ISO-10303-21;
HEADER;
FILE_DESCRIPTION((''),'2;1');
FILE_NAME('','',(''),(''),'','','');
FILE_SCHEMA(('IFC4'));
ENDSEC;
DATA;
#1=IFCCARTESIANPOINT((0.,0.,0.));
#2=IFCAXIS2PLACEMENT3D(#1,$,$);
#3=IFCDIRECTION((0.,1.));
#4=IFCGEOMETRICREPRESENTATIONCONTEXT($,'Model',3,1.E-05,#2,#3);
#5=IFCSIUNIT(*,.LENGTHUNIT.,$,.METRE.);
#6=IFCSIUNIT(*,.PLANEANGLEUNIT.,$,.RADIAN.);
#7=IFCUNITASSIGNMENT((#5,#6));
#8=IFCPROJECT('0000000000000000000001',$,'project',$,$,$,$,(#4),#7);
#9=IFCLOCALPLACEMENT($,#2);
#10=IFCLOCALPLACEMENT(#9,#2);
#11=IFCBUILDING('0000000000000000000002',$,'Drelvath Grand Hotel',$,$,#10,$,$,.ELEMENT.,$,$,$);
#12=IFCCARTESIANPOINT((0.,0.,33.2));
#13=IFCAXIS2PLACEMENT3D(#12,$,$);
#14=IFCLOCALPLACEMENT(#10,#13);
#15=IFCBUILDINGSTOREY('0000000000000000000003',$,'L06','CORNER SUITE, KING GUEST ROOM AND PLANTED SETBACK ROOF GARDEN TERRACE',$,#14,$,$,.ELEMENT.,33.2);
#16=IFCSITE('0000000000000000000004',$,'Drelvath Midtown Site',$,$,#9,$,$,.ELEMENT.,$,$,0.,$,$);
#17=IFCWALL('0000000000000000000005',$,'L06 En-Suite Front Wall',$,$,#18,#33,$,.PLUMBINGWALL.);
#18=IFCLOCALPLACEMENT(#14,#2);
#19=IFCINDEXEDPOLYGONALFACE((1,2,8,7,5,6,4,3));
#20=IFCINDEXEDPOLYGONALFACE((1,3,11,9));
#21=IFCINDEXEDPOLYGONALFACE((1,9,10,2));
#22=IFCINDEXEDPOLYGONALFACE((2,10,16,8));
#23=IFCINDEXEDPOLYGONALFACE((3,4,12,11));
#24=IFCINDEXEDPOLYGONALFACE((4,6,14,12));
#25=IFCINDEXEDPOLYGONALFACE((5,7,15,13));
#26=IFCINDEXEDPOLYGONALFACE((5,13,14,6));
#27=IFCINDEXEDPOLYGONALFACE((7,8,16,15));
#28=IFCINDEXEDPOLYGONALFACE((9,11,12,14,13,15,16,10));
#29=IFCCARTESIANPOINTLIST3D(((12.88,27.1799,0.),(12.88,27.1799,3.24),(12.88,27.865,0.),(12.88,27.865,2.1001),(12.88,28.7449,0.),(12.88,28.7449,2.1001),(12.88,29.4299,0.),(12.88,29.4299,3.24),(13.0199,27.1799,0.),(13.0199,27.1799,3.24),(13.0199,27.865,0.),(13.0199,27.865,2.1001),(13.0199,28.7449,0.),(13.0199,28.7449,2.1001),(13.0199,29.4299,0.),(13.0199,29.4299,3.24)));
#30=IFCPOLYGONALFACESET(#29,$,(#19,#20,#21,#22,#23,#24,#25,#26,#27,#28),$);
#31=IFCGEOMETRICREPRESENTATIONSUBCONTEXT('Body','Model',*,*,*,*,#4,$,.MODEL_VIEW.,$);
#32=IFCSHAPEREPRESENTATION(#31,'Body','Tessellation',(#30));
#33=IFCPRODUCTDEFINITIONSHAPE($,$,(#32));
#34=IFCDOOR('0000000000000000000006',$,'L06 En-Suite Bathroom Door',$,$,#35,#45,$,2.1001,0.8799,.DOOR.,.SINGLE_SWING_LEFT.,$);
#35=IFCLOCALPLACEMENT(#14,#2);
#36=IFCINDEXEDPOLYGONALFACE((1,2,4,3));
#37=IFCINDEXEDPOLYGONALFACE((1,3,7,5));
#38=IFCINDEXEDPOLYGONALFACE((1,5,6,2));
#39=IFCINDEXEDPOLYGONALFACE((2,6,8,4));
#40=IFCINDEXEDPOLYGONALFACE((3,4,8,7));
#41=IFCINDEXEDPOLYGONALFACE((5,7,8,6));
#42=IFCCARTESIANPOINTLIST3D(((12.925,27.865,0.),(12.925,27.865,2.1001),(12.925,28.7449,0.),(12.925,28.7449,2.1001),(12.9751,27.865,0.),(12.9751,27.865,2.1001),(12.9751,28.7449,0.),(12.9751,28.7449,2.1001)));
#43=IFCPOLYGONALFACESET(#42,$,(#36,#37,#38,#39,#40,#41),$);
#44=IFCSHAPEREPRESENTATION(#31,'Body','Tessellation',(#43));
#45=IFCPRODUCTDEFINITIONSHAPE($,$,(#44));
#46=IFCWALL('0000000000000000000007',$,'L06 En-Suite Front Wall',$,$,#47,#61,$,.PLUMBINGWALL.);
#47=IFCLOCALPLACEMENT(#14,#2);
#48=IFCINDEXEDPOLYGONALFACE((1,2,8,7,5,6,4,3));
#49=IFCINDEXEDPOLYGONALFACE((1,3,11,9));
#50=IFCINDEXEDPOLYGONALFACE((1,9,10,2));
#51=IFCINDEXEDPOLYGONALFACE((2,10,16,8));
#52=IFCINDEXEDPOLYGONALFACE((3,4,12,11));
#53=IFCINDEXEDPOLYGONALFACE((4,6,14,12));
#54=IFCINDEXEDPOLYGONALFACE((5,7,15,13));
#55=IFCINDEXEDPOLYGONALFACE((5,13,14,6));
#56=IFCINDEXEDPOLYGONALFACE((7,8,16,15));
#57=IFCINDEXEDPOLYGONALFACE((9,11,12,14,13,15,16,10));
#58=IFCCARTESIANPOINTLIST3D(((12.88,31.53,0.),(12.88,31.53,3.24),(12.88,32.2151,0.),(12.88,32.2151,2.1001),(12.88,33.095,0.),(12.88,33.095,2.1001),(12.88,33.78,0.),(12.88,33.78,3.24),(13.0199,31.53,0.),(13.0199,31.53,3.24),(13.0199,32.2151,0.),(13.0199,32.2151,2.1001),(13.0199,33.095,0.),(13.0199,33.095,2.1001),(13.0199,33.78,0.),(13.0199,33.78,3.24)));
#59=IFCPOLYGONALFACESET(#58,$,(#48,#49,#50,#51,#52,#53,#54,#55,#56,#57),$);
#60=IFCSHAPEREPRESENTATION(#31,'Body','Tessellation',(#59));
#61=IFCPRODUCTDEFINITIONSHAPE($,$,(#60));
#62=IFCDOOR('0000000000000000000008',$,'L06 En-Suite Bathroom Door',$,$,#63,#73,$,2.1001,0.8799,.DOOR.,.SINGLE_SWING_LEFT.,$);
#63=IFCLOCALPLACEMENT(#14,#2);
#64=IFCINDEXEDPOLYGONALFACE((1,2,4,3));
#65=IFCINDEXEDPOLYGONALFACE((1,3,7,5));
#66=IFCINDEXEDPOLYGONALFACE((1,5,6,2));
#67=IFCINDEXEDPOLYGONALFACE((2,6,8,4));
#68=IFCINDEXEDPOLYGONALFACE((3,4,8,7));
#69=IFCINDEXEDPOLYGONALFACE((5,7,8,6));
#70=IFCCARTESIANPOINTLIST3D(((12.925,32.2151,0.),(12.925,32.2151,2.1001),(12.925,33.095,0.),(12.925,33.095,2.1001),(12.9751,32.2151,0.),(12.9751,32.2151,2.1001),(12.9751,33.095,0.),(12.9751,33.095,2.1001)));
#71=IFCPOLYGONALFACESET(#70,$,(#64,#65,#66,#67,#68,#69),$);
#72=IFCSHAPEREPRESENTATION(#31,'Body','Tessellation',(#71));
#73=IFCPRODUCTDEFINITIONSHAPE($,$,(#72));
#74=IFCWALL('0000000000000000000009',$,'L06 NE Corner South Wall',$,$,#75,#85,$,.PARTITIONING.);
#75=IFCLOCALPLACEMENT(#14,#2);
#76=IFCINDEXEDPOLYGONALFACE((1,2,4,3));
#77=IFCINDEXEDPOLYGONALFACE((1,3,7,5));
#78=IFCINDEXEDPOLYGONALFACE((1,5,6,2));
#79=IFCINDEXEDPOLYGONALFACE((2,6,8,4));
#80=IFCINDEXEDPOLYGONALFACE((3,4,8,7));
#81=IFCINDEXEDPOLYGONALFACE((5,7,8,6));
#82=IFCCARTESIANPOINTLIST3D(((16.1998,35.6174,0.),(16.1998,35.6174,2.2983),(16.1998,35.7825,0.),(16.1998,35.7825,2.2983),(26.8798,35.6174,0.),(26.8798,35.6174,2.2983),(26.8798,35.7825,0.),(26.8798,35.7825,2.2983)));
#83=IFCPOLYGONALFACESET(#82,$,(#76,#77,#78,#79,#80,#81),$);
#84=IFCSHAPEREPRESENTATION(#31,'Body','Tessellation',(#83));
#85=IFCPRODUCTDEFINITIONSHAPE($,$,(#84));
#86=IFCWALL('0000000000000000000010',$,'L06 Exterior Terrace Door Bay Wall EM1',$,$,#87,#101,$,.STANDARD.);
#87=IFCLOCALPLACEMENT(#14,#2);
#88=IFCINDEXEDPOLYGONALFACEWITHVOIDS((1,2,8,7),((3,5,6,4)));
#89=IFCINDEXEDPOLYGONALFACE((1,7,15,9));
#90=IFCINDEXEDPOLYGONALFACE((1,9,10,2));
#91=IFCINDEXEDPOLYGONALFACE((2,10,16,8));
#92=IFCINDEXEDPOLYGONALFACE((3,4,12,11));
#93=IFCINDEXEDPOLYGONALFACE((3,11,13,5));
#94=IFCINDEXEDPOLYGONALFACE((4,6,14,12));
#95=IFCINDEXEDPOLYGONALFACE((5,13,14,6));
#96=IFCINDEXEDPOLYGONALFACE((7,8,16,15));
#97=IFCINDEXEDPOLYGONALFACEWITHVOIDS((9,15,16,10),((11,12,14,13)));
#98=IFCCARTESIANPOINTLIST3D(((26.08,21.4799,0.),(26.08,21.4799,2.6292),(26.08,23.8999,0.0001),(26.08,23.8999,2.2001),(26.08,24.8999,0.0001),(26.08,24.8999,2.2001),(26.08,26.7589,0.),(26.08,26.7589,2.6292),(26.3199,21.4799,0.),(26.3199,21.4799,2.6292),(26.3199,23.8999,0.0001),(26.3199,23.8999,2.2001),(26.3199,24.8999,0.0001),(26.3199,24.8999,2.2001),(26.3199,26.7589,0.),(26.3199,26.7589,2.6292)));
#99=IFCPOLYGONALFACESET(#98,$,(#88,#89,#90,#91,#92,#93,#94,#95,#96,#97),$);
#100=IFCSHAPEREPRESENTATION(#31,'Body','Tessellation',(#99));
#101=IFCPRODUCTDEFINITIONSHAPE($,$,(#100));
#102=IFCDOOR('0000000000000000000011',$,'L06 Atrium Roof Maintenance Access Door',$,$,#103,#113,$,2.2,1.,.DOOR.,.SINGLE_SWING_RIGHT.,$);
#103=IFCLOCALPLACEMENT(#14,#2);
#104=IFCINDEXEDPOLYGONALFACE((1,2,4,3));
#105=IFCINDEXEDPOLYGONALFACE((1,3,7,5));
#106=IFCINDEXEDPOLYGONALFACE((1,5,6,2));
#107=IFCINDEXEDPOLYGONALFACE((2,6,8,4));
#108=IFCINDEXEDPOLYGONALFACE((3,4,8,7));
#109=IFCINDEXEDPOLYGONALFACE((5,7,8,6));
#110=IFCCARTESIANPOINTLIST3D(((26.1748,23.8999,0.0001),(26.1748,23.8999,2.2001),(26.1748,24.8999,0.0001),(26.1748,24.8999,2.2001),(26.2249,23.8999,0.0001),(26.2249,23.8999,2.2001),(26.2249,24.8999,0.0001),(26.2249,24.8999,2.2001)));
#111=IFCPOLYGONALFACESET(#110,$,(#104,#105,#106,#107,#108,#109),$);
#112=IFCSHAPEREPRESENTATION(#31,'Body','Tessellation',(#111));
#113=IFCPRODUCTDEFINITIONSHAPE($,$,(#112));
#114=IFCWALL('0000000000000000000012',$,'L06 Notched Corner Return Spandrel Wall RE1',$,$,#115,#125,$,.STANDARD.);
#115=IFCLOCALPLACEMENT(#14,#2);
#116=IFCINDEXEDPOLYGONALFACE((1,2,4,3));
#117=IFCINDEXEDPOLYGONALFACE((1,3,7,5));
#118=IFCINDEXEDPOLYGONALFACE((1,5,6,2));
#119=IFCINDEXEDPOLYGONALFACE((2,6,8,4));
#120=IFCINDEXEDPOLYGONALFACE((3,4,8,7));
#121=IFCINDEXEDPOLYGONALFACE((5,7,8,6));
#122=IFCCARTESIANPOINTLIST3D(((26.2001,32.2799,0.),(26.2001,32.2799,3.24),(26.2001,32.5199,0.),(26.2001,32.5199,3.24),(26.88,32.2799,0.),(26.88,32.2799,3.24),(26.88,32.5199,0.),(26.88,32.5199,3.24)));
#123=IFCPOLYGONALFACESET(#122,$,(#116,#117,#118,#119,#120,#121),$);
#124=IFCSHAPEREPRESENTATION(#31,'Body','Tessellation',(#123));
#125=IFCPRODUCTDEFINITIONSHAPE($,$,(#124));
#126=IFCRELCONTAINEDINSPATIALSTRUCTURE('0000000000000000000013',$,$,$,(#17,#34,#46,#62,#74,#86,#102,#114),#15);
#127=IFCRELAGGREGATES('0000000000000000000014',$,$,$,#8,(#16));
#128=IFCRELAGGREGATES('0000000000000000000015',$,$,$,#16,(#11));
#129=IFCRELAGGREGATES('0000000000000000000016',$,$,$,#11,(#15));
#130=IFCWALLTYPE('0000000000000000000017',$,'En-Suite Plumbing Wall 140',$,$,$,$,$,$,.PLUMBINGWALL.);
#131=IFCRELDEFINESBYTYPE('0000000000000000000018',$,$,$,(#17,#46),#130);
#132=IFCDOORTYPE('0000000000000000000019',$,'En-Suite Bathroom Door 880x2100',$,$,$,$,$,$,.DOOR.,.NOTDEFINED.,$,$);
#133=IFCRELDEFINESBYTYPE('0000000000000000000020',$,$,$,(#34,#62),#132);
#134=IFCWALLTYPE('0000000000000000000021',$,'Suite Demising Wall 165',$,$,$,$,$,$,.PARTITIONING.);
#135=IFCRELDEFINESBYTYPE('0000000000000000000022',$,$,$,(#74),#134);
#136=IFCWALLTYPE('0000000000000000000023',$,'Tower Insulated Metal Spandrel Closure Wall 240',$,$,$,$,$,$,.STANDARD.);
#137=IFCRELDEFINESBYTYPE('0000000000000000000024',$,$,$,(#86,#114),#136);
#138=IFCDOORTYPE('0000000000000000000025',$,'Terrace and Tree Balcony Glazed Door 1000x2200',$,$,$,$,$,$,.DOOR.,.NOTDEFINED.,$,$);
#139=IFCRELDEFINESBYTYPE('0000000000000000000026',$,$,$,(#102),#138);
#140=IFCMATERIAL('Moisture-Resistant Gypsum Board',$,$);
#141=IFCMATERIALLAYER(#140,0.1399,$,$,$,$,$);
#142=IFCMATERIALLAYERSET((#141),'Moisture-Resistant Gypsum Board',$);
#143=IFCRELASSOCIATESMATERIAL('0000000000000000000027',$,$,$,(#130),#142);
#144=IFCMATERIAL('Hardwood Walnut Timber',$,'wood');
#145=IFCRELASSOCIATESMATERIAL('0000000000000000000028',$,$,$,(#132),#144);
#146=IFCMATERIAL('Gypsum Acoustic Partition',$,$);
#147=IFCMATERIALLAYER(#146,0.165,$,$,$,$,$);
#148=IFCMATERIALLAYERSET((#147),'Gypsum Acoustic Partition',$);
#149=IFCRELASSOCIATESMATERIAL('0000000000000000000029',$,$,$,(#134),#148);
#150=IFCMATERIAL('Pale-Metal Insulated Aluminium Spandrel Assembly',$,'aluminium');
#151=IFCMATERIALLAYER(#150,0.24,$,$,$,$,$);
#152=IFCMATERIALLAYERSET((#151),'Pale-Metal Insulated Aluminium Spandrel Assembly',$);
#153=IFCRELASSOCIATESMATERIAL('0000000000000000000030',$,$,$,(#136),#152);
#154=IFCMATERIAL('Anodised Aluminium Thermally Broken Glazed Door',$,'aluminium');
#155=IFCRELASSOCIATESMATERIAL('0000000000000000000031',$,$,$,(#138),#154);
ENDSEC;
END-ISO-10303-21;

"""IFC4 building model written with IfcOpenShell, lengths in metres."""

from ifc_helpers import new_model, si_unit, direction, frame, frame_2d, origin, place, context, subcontext, project, spatial, rectangle, extrude, material, layer, layer_set, type_object, element, fill, save


model = new_model("IFC4")

# Units and contexts
model_context = context("Model", 3, precision=1e-05, world=origin(), true_north=direction((0.0, 1.0)))
body_context = subcontext(model_context, "Body", "Model", "MODEL_VIEW")
ifc_project = project(units=[si_unit("LENGTHUNIT", "METRE"), si_unit("PLANEANGLEUNIT", "RADIAN")], contexts=[model_context])

# Site, building, storey
site_placement = place(None, origin())
site = spatial("IfcSite", under=ifc_project, at=site_placement, Name="Drelvath Midtown Site", CompositionType="ELEMENT", RefElevation=0.0)
building_placement = place(site_placement, origin())
building = spatial("IfcBuilding", under=site, at=building_placement, Name="Drelvath Grand Hotel", CompositionType="ELEMENT")
storey_placement = place(building_placement, frame((0.0, 0.0, 33.2)))
storey = spatial("IfcBuildingStorey", under=building, at=storey_placement, Name="L06", Description="CORNER SUITE, KING GUEST ROOM AND PLANTED SETBACK ROOF GARDEN TERRACE", CompositionType="ELEMENT", Elevation=33.2)

# Shared definitions
ifc_material_1 = material(Name="Hardwood Walnut Timber", Category="wood")

# Shared definitions
ifc_material_2 = material(Name="Moisture-Resistant Gypsum Board")
ifc_layer_1 = layer(ifc_material_2, 0.1399)
ifc_layer_set_1 = layer_set([ifc_layer_1], Name="Moisture-Resistant Gypsum Board")
wall_type_1 = type_object("IfcWallType", Name="En-Suite Plumbing Wall 140", PredefinedType="PLUMBINGWALL", material=ifc_layer_set_1)

# Shared definitions
door_type_1 = type_object("IfcDoorType", Name="En-Suite Bathroom Door 880x2100", OperationType="NOTDEFINED", PredefinedType="DOOR", material=ifc_material_1)

# Walls, openings, doors
wall_1_placement = place(storey_placement, frame((12.95, 27.1799, 0.0), z_axis=(0.0, 0.0, 1.0), x_axis=(0.0, 1.0, 0.0)))
wall_1 = element("IfcWall", 1, at=wall_1_placement, inside=storey, type_object=wall_type_1, Name="L06 En-Suite Front Wall", PredefinedType="PLUMBINGWALL", context=body_context, shape_type="SweptSolid", body=[
    extrude(rectangle(XDim=2.25, YDim=0.1399, at=frame_2d((1.125, 0.0))), origin(), (0.0, 0.0, 1.0), 3.24),
])
opening_1_placement = place(wall_1_placement, frame((0.6851, 0.0, 0.0)))
opening_1 = element("IfcOpeningElement", 2, at=opening_1_placement, cuts=wall_1, PredefinedType="OPENING", context=body_context, shape_type="SweptSolid", body=[
    extrude(rectangle(XDim=0.8799, YDim=2.1001, at=frame_2d((0.4399, 1.05))), frame((0.0, 0.0798, 0.0), z_axis=(0.0, -1.0, 0.0), x_axis=(1.0, 0.0, 0.0)), (0.0, 0.0, 1.0), 0.1599),
])
door_1_placement = place(opening_1_placement, origin())
door_1 = element("IfcDoor", 3, at=door_1_placement, inside=storey, type_object=door_type_1, Name="L06 En-Suite Bathroom Door", OperationType="SINGLE_SWING_LEFT", OverallHeight=2.1001, OverallWidth=0.8799, PredefinedType="DOOR", context=body_context, shape_type="SweptSolid", body=[
    extrude(rectangle(XDim=0.8799, YDim=2.1001, at=frame_2d((0.4399, 1.05))), frame((0.0, 0.0249, 0.0), z_axis=(0.0, -1.0, 0.0), x_axis=(1.0, 0.0, 0.0)), (0.0, 0.0, 1.0), 0.05),
])
fill(opening_1, door_1)
wall_2_placement = place(storey_placement, frame((12.95, 31.53, 0.0), z_axis=(0.0, 0.0, 1.0), x_axis=(0.0, 1.0, 0.0)))
wall_2 = element("IfcWall", 4, at=wall_2_placement, inside=storey, type_object=wall_type_1, Name="L06 En-Suite Front Wall", PredefinedType="PLUMBINGWALL", context=body_context, shape_type="SweptSolid", body=[
    extrude(rectangle(XDim=2.25, YDim=0.1399, at=frame_2d((1.125, 0.0))), origin(), (0.0, 0.0, 1.0), 3.24),
])
opening_2_placement = place(wall_2_placement, frame((0.6851, 0.0, 0.0)))
opening_2 = element("IfcOpeningElement", 5, at=opening_2_placement, cuts=wall_2, PredefinedType="OPENING", context=body_context, shape_type="SweptSolid", body=[
    extrude(rectangle(XDim=0.8799, YDim=2.1001, at=frame_2d((0.4399, 1.05))), frame((0.0, 0.0798, 0.0), z_axis=(0.0, -1.0, 0.0), x_axis=(1.0, 0.0, 0.0)), (0.0, 0.0, 1.0), 0.1599),
])
door_2_placement = place(opening_2_placement, origin())
door_2 = element("IfcDoor", 6, at=door_2_placement, inside=storey, type_object=door_type_1, Name="L06 En-Suite Bathroom Door", OperationType="SINGLE_SWING_LEFT", OverallHeight=2.1001, OverallWidth=0.8799, PredefinedType="DOOR", context=body_context, shape_type="SweptSolid", body=[
    extrude(rectangle(XDim=0.8799, YDim=2.1001, at=frame_2d((0.4399, 1.05))), frame((0.0, 0.0249, 0.0), z_axis=(0.0, -1.0, 0.0), x_axis=(1.0, 0.0, 0.0)), (0.0, 0.0, 1.0), 0.05),
])
fill(opening_2, door_2)

# Wall
ifc_material_3 = material(Name="Gypsum Acoustic Partition")
ifc_layer_2 = layer(ifc_material_3, 0.165)
ifc_layer_set_2 = layer_set([ifc_layer_2], Name="Gypsum Acoustic Partition")
wall_type_2 = type_object("IfcWallType", Name="Suite Demising Wall 165", PredefinedType="PARTITIONING", material=ifc_layer_set_2)
wall_3_placement = place(storey_placement, frame((16.2, 35.7, 0.0), z_axis=(0.0, 0.0, 1.0), x_axis=(1.0, 0.0, 0.0)))
element("IfcWall", 7, at=wall_3_placement, inside=storey, type_object=wall_type_2, Name="L06 NE Corner South Wall", PredefinedType="PARTITIONING", context=body_context, shape_type="SweptSolid", body=[
    extrude(rectangle(XDim=10.6799, YDim=0.165, at=frame_2d((5.3398, 0.0))), origin(), (0.0, 0.0, 1.0), 2.2983),
])

# Wall, opening, door
ifc_material_4 = material(Name="Pale-Metal Insulated Aluminium Spandrel Assembly", Category="aluminium")
ifc_layer_3 = layer(ifc_material_4, 0.24)
ifc_layer_set_3 = layer_set([ifc_layer_3], Name="Pale-Metal Insulated Aluminium Spandrel Assembly")
wall_type_3 = type_object("IfcWallType", Name="Tower Insulated Metal Spandrel Closure Wall 240", PredefinedType="STANDARD", material=ifc_layer_set_3)
wall_4_placement = place(storey_placement, frame((26.2, 26.759, 0.0), z_axis=(0.0, 0.0, 1.0), x_axis=(0.0, -1.0, 0.0)))
wall_4 = element("IfcWall", 8, at=wall_4_placement, inside=storey, type_object=wall_type_3, Name="L06 Exterior Terrace Door Bay Wall EM1", PredefinedType="STANDARD", context=body_context, shape_type="SweptSolid", body=[
    extrude(rectangle(XDim=5.2791, YDim=0.24, at=frame_2d((2.6396, 0.0))), origin(), (0.0, 0.0, 1.0), 2.6292),
])
opening_3_placement = place(wall_4_placement, frame((1.8591, 0.0, 0.0)))
opening_3 = element("IfcOpeningElement", 9, at=opening_3_placement, cuts=wall_4, PredefinedType="OPENING", context=body_context, shape_type="SweptSolid", body=[
    extrude(rectangle(XDim=1.0, YDim=2.2, at=frame_2d((0.5, 1.1001))), frame((0.0, 0.1299, 0.0), z_axis=(0.0, -1.0, 0.0), x_axis=(1.0, 0.0, 0.0)), (0.0, 0.0, 1.0), 0.26),
])
ifc_material_5 = material(Name="Anodised Aluminium Thermally Broken Glazed Door", Category="aluminium")
door_type_2 = type_object("IfcDoorType", Name="Terrace and Tree Balcony Glazed Door 1000x2200", OperationType="NOTDEFINED", PredefinedType="DOOR", material=ifc_material_5)
door_3_placement = place(opening_3_placement, origin())
door_3 = element("IfcDoor", 10, at=door_3_placement, inside=storey, type_object=door_type_2, Name="L06 Atrium Roof Maintenance Access Door", OperationType="SINGLE_SWING_RIGHT", OverallHeight=2.2, OverallWidth=1.0, PredefinedType="DOOR", context=body_context, shape_type="SweptSolid", body=[
    extrude(rectangle(XDim=1.0, YDim=2.2, at=frame_2d((0.5, 1.1001))), frame((0.0, 0.0249, 0.0), z_axis=(0.0, -1.0, 0.0), x_axis=(1.0, 0.0, 0.0)), (0.0, 0.0, 1.0), 0.05),
])
fill(opening_3, door_3)

# Wall
wall_5_placement = place(storey_placement, frame((26.8799, 32.3999, 0.0), z_axis=(0.0, 0.0, 1.0), x_axis=(-1.0, 0.0, 0.0)))
element("IfcWall", 11, at=wall_5_placement, inside=storey, type_object=wall_type_3, Name="L06 Notched Corner Return Spandrel Wall RE1", PredefinedType="STANDARD", context=body_context, shape_type="SweptSolid", body=[
    extrude(rectangle(XDim=0.6799, YDim=0.24, at=frame_2d((0.3398, 0.0))), origin(), (0.0, 0.0, 1.0), 3.24),
])

save(model, "model.ifc")
